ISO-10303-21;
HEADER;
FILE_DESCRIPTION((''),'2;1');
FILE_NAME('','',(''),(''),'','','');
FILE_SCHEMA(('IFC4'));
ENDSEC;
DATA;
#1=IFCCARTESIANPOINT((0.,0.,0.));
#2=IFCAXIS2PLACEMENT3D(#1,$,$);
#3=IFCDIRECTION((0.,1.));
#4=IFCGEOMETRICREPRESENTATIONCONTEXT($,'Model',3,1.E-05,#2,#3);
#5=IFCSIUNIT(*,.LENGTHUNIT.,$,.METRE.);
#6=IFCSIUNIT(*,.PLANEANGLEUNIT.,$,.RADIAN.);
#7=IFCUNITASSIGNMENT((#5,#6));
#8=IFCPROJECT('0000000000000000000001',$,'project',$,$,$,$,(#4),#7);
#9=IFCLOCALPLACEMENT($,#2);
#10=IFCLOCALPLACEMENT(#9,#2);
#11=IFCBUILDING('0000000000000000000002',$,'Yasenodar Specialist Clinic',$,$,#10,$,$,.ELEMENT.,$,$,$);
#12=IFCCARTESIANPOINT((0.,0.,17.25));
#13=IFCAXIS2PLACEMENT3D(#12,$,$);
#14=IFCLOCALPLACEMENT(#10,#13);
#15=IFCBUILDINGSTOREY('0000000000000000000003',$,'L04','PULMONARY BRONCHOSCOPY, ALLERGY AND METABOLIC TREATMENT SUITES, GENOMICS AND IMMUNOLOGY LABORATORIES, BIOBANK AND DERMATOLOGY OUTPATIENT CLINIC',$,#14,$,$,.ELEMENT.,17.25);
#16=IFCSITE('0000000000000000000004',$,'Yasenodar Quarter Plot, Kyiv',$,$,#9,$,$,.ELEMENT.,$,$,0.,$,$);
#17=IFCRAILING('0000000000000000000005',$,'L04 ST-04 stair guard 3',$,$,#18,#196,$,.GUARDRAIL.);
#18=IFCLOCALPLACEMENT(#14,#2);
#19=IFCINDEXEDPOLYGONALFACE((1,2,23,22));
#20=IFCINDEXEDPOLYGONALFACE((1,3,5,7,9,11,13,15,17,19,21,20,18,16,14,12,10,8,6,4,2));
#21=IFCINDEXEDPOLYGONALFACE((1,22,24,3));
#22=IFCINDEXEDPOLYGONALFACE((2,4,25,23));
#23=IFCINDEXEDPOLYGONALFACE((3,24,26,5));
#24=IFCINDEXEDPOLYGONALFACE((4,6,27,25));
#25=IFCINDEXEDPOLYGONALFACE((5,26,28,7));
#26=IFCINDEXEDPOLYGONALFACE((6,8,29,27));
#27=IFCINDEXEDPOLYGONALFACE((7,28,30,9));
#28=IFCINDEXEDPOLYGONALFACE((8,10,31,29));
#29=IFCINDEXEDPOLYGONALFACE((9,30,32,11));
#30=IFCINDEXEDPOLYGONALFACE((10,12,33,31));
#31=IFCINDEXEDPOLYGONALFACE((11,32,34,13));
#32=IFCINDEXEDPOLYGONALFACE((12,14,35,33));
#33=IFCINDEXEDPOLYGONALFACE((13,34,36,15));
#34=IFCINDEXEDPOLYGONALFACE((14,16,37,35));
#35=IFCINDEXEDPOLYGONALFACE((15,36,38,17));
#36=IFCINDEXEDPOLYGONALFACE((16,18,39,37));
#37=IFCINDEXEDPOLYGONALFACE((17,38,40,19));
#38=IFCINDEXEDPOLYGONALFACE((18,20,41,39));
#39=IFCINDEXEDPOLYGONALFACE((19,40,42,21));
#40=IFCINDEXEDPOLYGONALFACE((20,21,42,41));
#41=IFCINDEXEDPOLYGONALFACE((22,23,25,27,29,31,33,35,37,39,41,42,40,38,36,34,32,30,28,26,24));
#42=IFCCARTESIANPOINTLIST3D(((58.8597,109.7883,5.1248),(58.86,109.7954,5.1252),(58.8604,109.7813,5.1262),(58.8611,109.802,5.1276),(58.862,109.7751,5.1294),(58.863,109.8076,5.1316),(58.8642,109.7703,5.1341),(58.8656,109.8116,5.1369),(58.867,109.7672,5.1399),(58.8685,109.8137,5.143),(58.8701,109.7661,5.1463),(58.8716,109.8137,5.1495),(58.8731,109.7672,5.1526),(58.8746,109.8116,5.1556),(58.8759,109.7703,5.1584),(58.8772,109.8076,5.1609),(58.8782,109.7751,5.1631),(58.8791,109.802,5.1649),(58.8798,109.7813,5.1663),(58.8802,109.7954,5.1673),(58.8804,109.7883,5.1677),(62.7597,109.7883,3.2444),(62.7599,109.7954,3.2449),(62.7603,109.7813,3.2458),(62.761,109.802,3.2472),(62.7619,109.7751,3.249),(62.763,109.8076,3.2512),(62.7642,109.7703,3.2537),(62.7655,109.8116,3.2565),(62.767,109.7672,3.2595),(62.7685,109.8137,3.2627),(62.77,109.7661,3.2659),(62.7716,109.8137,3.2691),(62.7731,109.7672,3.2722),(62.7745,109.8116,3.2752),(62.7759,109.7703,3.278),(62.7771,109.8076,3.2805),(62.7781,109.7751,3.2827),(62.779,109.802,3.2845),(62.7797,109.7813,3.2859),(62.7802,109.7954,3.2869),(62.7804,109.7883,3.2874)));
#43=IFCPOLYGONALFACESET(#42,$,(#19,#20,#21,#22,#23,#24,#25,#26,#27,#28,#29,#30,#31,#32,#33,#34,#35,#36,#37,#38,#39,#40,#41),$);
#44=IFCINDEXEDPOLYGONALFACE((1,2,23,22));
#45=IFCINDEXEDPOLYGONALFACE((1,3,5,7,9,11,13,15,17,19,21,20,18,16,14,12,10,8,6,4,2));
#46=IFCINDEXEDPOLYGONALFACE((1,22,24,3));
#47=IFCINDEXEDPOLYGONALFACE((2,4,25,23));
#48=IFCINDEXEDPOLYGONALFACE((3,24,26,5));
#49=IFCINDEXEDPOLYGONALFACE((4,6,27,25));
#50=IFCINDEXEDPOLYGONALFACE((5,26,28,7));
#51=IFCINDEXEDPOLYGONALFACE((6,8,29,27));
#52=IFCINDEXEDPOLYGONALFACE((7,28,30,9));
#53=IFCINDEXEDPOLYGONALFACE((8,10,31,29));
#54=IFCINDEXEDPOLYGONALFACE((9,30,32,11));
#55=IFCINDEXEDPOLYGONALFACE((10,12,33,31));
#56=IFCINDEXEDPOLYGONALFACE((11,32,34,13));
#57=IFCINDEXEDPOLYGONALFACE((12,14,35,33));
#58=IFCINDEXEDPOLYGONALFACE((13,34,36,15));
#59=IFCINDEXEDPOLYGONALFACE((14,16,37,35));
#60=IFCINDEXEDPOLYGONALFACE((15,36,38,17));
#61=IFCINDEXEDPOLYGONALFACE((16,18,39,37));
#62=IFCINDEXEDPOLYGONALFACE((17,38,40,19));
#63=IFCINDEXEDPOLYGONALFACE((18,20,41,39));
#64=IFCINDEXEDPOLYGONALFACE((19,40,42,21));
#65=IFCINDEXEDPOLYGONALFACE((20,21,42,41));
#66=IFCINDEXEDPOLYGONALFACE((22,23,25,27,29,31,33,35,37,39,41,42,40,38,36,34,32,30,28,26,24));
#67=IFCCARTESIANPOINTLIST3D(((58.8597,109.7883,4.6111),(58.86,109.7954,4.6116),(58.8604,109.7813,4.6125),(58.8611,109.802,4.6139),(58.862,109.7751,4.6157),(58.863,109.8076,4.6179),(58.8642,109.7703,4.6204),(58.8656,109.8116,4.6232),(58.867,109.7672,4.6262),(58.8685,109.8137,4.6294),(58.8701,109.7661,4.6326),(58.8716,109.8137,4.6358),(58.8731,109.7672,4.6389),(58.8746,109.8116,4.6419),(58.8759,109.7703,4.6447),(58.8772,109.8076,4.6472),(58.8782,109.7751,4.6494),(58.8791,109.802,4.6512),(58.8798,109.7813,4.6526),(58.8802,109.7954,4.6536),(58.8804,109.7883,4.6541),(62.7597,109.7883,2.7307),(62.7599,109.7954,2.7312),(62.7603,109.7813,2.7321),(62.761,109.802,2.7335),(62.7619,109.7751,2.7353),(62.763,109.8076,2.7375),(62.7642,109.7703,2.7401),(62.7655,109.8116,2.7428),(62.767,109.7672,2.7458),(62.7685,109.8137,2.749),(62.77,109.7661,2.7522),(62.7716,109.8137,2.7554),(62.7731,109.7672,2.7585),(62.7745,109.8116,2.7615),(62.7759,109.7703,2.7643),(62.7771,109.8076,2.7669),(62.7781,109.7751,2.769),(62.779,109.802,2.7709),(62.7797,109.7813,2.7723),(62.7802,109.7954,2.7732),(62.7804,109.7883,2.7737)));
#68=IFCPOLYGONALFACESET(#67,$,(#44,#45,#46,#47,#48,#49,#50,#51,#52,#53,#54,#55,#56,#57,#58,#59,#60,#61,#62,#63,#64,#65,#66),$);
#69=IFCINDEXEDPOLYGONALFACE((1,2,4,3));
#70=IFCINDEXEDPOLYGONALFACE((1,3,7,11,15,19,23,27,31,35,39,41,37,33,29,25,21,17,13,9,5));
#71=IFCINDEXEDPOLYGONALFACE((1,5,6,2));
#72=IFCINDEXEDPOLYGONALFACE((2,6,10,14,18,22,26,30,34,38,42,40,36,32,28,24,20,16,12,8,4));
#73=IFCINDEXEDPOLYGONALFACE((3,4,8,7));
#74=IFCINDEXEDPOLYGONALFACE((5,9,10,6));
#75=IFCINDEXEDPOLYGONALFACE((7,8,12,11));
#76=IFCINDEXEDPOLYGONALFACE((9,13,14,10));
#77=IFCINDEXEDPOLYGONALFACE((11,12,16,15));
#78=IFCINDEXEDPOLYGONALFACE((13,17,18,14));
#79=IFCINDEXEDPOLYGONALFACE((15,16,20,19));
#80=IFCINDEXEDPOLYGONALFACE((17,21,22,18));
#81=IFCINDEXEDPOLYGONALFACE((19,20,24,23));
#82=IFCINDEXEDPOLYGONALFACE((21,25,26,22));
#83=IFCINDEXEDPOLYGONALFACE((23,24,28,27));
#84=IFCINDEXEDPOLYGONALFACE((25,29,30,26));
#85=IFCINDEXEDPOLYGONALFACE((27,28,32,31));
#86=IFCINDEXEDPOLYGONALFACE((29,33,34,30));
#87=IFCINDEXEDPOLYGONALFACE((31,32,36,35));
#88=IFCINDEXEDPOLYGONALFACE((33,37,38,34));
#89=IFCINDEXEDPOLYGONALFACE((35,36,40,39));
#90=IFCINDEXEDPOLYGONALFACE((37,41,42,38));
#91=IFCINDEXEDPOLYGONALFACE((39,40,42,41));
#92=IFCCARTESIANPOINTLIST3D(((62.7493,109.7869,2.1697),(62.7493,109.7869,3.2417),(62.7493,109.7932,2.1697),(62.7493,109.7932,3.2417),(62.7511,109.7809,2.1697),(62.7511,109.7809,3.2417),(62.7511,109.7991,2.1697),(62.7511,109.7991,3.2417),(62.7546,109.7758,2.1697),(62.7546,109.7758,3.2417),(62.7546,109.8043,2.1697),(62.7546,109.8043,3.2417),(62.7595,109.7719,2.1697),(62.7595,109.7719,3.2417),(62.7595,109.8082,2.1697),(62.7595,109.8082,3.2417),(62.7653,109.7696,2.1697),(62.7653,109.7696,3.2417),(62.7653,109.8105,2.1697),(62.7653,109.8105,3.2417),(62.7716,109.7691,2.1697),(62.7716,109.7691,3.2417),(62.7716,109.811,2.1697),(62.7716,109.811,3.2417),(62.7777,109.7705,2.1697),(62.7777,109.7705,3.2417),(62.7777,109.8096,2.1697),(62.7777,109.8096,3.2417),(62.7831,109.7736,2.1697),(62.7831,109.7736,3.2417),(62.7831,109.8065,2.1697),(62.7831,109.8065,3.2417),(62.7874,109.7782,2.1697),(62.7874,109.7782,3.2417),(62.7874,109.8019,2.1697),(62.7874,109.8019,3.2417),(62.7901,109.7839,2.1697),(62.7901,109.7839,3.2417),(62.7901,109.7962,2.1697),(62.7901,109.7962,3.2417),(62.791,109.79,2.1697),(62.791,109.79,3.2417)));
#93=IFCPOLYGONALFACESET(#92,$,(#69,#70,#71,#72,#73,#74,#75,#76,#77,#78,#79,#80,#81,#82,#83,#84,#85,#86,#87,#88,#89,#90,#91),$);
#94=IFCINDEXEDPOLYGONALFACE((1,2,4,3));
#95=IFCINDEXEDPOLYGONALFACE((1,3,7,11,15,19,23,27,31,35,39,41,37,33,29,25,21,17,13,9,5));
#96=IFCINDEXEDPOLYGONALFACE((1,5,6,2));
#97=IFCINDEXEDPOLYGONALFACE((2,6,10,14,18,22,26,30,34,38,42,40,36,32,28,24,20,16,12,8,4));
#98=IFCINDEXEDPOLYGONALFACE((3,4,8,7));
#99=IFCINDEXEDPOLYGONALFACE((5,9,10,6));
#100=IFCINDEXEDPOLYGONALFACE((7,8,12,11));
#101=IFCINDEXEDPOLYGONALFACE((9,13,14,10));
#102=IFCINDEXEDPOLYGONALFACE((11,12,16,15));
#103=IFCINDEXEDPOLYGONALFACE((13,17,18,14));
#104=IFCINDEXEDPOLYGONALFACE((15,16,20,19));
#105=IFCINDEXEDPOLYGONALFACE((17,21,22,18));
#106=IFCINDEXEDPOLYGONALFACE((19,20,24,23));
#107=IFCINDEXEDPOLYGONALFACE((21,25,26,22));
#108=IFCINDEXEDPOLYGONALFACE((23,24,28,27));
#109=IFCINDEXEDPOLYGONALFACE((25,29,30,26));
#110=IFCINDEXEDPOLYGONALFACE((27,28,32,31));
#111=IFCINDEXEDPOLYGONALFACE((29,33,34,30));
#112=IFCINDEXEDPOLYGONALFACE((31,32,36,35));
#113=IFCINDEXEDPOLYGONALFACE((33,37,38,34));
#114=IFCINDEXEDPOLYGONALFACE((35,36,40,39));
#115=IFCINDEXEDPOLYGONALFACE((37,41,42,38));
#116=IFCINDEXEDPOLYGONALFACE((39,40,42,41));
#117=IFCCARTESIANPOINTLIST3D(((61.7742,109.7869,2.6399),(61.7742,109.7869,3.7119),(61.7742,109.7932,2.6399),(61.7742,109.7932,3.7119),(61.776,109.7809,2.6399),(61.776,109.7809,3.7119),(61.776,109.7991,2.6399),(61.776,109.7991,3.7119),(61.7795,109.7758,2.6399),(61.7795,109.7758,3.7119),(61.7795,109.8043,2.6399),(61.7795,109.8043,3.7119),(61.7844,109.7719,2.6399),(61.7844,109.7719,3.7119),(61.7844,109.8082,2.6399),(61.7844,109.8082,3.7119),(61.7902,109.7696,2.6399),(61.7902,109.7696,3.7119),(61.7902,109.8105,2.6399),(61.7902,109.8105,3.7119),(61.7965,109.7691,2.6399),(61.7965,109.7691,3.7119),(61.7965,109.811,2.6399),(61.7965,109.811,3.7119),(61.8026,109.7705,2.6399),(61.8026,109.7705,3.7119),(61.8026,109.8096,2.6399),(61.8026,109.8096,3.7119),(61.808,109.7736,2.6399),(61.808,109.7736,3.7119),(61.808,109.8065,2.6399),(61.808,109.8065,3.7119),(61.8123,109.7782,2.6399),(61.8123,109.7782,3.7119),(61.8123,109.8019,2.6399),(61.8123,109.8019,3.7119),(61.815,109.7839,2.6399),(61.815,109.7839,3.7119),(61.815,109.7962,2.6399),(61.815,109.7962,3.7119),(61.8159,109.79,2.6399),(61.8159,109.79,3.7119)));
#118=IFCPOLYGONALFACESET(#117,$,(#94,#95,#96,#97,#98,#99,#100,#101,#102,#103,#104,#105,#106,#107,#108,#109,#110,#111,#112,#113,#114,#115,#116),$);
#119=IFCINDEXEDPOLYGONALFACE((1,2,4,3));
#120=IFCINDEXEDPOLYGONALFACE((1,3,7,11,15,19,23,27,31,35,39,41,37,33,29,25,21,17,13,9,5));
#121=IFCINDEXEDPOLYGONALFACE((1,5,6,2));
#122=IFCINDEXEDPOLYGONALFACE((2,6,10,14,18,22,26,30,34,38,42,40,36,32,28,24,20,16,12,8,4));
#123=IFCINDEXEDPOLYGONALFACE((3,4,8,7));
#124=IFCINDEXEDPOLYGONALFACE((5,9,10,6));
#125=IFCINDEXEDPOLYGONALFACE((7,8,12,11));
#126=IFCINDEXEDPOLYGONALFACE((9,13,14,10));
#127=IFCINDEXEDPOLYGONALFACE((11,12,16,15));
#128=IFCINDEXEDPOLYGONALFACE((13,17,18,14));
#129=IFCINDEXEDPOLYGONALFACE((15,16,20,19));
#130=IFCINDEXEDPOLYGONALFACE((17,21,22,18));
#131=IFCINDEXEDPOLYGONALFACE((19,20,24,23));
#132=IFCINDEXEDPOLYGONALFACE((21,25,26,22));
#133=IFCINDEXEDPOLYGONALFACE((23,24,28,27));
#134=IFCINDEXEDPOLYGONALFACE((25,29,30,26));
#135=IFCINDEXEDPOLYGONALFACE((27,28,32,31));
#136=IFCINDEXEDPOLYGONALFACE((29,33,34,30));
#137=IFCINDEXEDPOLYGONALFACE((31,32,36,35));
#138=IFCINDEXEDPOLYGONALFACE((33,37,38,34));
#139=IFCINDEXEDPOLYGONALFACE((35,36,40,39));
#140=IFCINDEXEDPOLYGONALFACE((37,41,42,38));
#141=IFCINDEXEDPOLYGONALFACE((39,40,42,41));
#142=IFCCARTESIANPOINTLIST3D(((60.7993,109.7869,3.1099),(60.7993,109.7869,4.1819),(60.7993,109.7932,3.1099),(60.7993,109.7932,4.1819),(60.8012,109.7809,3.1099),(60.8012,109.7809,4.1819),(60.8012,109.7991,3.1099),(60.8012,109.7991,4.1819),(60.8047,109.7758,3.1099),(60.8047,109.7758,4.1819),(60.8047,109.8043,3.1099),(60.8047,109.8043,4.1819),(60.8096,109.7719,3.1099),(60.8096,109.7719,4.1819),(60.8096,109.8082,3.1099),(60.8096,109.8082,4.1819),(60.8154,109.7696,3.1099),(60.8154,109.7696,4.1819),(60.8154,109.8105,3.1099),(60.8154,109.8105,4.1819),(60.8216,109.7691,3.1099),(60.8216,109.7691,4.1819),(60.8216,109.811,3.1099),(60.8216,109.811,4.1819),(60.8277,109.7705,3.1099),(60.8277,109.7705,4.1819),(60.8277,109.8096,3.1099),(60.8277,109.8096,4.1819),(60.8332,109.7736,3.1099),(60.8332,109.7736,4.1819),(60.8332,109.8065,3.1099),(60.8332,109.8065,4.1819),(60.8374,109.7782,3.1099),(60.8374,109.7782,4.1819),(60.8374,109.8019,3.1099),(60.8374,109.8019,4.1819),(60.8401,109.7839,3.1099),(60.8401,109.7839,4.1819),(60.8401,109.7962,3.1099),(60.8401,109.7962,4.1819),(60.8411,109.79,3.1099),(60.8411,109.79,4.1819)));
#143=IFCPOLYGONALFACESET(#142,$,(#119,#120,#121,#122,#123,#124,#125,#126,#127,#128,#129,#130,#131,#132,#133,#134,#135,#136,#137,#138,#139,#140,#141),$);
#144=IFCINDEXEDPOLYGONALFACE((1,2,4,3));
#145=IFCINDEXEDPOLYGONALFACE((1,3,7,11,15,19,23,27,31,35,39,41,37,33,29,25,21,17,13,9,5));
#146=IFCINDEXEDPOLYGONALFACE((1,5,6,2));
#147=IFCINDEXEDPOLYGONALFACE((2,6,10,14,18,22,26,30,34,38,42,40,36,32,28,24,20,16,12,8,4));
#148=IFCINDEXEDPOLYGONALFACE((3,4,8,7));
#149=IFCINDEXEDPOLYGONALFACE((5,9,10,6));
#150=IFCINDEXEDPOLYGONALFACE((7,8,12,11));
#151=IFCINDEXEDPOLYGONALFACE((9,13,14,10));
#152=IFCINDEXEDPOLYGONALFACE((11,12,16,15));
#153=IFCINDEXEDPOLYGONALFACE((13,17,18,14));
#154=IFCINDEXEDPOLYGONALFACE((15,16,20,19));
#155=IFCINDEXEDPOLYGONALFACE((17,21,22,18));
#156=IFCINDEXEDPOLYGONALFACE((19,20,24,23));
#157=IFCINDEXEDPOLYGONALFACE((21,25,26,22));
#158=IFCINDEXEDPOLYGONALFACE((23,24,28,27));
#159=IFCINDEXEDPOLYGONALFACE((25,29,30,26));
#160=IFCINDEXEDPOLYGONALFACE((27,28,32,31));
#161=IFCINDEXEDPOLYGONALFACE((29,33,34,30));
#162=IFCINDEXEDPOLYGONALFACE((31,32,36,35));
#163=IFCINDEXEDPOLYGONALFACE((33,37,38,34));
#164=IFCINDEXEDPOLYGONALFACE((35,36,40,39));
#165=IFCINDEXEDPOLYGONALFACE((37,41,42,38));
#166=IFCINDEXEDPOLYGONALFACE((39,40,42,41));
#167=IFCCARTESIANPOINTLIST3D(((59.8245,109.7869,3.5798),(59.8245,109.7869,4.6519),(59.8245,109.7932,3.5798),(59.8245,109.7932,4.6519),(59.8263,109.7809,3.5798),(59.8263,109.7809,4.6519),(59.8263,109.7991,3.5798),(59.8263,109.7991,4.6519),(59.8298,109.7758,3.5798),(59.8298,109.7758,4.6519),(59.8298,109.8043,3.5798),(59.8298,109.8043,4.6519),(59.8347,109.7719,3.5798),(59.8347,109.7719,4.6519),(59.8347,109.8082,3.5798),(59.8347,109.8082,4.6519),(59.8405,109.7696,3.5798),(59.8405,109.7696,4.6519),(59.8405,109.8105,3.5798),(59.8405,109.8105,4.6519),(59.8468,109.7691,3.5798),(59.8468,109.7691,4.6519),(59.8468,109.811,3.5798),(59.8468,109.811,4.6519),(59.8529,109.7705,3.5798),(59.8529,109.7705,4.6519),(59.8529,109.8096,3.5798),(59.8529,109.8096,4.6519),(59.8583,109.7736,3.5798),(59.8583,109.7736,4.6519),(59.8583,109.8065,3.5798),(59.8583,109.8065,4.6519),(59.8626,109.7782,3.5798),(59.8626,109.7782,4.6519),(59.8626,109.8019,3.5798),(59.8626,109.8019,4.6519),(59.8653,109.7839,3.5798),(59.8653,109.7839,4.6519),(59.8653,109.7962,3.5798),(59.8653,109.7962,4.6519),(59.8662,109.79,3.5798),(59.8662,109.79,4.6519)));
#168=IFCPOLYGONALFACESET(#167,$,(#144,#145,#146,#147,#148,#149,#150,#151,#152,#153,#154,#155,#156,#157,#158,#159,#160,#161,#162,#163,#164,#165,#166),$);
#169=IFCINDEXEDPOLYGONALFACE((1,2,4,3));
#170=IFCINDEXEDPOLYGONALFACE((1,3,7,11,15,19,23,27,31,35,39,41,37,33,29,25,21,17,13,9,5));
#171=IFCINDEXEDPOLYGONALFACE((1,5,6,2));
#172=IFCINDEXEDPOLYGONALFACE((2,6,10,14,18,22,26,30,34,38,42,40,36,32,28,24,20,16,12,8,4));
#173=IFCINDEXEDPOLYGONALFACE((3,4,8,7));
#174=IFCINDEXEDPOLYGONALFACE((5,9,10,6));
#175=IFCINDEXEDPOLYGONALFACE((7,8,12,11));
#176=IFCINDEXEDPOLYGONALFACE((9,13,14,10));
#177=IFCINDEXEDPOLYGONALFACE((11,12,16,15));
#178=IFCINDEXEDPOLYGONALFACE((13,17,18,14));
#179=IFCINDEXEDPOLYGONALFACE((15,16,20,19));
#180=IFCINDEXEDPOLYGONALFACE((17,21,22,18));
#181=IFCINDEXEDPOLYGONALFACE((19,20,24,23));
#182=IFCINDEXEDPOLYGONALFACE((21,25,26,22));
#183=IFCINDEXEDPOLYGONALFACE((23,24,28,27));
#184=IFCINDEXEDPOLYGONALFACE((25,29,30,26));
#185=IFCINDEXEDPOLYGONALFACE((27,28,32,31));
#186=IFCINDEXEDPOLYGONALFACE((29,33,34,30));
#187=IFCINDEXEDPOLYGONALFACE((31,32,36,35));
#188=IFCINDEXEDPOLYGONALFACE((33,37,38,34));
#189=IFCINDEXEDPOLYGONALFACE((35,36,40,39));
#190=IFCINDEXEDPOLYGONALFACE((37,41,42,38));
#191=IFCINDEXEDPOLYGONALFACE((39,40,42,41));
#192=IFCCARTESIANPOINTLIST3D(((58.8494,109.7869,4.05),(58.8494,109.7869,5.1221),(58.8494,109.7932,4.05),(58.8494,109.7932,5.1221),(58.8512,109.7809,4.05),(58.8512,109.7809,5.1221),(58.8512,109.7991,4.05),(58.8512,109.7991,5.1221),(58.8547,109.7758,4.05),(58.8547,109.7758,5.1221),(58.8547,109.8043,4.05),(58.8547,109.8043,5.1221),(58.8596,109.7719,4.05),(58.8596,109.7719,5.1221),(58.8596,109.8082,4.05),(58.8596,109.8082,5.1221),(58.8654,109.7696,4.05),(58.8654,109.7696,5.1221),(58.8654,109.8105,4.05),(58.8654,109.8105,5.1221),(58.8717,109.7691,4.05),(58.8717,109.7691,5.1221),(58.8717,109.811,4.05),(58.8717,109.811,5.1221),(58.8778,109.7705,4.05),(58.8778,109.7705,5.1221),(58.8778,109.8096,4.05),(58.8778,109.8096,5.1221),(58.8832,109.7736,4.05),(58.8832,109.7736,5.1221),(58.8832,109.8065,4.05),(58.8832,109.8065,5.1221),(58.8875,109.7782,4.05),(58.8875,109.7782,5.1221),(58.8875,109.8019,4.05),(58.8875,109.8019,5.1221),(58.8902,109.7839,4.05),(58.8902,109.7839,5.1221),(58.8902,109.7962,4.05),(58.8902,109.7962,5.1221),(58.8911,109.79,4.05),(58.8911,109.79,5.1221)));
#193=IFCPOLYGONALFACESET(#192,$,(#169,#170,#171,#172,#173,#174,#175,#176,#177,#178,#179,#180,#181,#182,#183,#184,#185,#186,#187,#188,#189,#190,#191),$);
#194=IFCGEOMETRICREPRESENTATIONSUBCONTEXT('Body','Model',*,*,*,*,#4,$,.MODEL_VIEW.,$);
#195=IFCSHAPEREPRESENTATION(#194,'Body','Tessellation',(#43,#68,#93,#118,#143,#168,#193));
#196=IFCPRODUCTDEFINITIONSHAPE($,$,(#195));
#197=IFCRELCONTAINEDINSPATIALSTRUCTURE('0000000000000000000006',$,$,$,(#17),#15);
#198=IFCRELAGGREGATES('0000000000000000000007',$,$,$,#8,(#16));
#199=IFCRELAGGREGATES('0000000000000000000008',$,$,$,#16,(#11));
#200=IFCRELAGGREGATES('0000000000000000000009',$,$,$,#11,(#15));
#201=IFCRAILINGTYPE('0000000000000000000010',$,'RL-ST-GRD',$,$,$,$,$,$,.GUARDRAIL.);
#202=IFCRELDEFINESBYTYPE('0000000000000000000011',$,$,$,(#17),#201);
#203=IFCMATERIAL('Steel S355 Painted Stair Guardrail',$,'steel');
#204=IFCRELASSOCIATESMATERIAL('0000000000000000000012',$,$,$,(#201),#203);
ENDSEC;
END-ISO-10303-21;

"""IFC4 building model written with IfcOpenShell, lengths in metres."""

from ifc_helpers import new_model, si_unit, direction, frame, origin, origin_2d, place, context, subcontext, project, spatial, circle, extrude, material, type_object, element, save


model = new_model("IFC4")

# Units and contexts
model_context = context("Model", 3, precision=1e-05, world=origin(), true_north=direction((0.0, 1.0)))
body_context = subcontext(model_context, "Body", "Model", "MODEL_VIEW")
ifc_project = project(units=[si_unit("LENGTHUNIT", "METRE"), si_unit("PLANEANGLEUNIT", "RADIAN")], contexts=[model_context])

# Site, building, storey
site_placement = place(None, origin())
site = spatial("IfcSite", under=ifc_project, at=site_placement, Name="Yasenodar Quarter Plot, Kyiv", CompositionType="ELEMENT", RefElevation=0.0)
building_placement = place(site_placement, origin())
building = spatial("IfcBuilding", under=site, at=building_placement, Name="Yasenodar Specialist Clinic", CompositionType="ELEMENT")
storey_placement = place(building_placement, frame((0.0, 0.0, 17.25)))
storey = spatial("IfcBuildingStorey", under=building, at=storey_placement, Name="L04", Description="PULMONARY BRONCHOSCOPY, ALLERGY AND METABOLIC TREATMENT SUITES, GENOMICS AND IMMUNOLOGY LABORATORIES, BIOBANK AND DERMATOLOGY OUTPATIENT CLINIC", CompositionType="ELEMENT", Elevation=17.25)

# Railing
ifc_material_1 = material(Name="Steel S355 Painted Stair Guardrail", Category="steel")
railing_type_1 = type_object("IfcRailingType", Name="RL-ST-GRD", PredefinedType="GUARDRAIL", material=ifc_material_1)
railing_1_placement = place(storey_placement, frame((62.77, 109.79, 2.1697)))
element("IfcRailing", 1, at=railing_1_placement, inside=storey, type_object=railing_type_1, Name="L04 ST-04 stair guard 3", PredefinedType="GUARDRAIL", context=body_context, shape_type="SweptSolid", body=[
    extrude(circle(Radius=0.0239, at=origin_2d()), frame((0.0, 0.0, 1.0962), z_axis=(-0.900763, 0.0, 0.434311), x_axis=(0.0, -1.0, 0.0)), (0.0, 0.0, 1.0), 4.3296),
    extrude(circle(Radius=0.0239, at=origin_2d()), frame((0.0, 0.0, 0.5825), z_axis=(-0.900763, 0.0, 0.434311), x_axis=(0.0, -1.0, 0.0)), (0.0, 0.0, 1.0), 4.3296),
    extrude(circle(Radius=0.021, at=origin_2d()), origin(), (0.0, 0.0, 1.0), 1.072),
    extrude(circle(Radius=0.021, at=origin_2d()), frame((-0.9751, 0.0, 0.4702)), (0.0, 0.0, 1.0), 1.072),
    extrude(circle(Radius=0.021, at=origin_2d()), frame((-1.95, 0.0, 0.9402)), (0.0, 0.0, 1.0), 1.072),
    extrude(circle(Radius=0.021, at=origin_2d()), frame((-2.9248, 0.0, 1.4102)), (0.0, 0.0, 1.0), 1.072),
    extrude(circle(Radius=0.021, at=origin_2d()), frame((-3.8999, 0.0, 1.8804)), (0.0, 0.0, 1.0), 1.072),
])

save(model, "model.ifc")
